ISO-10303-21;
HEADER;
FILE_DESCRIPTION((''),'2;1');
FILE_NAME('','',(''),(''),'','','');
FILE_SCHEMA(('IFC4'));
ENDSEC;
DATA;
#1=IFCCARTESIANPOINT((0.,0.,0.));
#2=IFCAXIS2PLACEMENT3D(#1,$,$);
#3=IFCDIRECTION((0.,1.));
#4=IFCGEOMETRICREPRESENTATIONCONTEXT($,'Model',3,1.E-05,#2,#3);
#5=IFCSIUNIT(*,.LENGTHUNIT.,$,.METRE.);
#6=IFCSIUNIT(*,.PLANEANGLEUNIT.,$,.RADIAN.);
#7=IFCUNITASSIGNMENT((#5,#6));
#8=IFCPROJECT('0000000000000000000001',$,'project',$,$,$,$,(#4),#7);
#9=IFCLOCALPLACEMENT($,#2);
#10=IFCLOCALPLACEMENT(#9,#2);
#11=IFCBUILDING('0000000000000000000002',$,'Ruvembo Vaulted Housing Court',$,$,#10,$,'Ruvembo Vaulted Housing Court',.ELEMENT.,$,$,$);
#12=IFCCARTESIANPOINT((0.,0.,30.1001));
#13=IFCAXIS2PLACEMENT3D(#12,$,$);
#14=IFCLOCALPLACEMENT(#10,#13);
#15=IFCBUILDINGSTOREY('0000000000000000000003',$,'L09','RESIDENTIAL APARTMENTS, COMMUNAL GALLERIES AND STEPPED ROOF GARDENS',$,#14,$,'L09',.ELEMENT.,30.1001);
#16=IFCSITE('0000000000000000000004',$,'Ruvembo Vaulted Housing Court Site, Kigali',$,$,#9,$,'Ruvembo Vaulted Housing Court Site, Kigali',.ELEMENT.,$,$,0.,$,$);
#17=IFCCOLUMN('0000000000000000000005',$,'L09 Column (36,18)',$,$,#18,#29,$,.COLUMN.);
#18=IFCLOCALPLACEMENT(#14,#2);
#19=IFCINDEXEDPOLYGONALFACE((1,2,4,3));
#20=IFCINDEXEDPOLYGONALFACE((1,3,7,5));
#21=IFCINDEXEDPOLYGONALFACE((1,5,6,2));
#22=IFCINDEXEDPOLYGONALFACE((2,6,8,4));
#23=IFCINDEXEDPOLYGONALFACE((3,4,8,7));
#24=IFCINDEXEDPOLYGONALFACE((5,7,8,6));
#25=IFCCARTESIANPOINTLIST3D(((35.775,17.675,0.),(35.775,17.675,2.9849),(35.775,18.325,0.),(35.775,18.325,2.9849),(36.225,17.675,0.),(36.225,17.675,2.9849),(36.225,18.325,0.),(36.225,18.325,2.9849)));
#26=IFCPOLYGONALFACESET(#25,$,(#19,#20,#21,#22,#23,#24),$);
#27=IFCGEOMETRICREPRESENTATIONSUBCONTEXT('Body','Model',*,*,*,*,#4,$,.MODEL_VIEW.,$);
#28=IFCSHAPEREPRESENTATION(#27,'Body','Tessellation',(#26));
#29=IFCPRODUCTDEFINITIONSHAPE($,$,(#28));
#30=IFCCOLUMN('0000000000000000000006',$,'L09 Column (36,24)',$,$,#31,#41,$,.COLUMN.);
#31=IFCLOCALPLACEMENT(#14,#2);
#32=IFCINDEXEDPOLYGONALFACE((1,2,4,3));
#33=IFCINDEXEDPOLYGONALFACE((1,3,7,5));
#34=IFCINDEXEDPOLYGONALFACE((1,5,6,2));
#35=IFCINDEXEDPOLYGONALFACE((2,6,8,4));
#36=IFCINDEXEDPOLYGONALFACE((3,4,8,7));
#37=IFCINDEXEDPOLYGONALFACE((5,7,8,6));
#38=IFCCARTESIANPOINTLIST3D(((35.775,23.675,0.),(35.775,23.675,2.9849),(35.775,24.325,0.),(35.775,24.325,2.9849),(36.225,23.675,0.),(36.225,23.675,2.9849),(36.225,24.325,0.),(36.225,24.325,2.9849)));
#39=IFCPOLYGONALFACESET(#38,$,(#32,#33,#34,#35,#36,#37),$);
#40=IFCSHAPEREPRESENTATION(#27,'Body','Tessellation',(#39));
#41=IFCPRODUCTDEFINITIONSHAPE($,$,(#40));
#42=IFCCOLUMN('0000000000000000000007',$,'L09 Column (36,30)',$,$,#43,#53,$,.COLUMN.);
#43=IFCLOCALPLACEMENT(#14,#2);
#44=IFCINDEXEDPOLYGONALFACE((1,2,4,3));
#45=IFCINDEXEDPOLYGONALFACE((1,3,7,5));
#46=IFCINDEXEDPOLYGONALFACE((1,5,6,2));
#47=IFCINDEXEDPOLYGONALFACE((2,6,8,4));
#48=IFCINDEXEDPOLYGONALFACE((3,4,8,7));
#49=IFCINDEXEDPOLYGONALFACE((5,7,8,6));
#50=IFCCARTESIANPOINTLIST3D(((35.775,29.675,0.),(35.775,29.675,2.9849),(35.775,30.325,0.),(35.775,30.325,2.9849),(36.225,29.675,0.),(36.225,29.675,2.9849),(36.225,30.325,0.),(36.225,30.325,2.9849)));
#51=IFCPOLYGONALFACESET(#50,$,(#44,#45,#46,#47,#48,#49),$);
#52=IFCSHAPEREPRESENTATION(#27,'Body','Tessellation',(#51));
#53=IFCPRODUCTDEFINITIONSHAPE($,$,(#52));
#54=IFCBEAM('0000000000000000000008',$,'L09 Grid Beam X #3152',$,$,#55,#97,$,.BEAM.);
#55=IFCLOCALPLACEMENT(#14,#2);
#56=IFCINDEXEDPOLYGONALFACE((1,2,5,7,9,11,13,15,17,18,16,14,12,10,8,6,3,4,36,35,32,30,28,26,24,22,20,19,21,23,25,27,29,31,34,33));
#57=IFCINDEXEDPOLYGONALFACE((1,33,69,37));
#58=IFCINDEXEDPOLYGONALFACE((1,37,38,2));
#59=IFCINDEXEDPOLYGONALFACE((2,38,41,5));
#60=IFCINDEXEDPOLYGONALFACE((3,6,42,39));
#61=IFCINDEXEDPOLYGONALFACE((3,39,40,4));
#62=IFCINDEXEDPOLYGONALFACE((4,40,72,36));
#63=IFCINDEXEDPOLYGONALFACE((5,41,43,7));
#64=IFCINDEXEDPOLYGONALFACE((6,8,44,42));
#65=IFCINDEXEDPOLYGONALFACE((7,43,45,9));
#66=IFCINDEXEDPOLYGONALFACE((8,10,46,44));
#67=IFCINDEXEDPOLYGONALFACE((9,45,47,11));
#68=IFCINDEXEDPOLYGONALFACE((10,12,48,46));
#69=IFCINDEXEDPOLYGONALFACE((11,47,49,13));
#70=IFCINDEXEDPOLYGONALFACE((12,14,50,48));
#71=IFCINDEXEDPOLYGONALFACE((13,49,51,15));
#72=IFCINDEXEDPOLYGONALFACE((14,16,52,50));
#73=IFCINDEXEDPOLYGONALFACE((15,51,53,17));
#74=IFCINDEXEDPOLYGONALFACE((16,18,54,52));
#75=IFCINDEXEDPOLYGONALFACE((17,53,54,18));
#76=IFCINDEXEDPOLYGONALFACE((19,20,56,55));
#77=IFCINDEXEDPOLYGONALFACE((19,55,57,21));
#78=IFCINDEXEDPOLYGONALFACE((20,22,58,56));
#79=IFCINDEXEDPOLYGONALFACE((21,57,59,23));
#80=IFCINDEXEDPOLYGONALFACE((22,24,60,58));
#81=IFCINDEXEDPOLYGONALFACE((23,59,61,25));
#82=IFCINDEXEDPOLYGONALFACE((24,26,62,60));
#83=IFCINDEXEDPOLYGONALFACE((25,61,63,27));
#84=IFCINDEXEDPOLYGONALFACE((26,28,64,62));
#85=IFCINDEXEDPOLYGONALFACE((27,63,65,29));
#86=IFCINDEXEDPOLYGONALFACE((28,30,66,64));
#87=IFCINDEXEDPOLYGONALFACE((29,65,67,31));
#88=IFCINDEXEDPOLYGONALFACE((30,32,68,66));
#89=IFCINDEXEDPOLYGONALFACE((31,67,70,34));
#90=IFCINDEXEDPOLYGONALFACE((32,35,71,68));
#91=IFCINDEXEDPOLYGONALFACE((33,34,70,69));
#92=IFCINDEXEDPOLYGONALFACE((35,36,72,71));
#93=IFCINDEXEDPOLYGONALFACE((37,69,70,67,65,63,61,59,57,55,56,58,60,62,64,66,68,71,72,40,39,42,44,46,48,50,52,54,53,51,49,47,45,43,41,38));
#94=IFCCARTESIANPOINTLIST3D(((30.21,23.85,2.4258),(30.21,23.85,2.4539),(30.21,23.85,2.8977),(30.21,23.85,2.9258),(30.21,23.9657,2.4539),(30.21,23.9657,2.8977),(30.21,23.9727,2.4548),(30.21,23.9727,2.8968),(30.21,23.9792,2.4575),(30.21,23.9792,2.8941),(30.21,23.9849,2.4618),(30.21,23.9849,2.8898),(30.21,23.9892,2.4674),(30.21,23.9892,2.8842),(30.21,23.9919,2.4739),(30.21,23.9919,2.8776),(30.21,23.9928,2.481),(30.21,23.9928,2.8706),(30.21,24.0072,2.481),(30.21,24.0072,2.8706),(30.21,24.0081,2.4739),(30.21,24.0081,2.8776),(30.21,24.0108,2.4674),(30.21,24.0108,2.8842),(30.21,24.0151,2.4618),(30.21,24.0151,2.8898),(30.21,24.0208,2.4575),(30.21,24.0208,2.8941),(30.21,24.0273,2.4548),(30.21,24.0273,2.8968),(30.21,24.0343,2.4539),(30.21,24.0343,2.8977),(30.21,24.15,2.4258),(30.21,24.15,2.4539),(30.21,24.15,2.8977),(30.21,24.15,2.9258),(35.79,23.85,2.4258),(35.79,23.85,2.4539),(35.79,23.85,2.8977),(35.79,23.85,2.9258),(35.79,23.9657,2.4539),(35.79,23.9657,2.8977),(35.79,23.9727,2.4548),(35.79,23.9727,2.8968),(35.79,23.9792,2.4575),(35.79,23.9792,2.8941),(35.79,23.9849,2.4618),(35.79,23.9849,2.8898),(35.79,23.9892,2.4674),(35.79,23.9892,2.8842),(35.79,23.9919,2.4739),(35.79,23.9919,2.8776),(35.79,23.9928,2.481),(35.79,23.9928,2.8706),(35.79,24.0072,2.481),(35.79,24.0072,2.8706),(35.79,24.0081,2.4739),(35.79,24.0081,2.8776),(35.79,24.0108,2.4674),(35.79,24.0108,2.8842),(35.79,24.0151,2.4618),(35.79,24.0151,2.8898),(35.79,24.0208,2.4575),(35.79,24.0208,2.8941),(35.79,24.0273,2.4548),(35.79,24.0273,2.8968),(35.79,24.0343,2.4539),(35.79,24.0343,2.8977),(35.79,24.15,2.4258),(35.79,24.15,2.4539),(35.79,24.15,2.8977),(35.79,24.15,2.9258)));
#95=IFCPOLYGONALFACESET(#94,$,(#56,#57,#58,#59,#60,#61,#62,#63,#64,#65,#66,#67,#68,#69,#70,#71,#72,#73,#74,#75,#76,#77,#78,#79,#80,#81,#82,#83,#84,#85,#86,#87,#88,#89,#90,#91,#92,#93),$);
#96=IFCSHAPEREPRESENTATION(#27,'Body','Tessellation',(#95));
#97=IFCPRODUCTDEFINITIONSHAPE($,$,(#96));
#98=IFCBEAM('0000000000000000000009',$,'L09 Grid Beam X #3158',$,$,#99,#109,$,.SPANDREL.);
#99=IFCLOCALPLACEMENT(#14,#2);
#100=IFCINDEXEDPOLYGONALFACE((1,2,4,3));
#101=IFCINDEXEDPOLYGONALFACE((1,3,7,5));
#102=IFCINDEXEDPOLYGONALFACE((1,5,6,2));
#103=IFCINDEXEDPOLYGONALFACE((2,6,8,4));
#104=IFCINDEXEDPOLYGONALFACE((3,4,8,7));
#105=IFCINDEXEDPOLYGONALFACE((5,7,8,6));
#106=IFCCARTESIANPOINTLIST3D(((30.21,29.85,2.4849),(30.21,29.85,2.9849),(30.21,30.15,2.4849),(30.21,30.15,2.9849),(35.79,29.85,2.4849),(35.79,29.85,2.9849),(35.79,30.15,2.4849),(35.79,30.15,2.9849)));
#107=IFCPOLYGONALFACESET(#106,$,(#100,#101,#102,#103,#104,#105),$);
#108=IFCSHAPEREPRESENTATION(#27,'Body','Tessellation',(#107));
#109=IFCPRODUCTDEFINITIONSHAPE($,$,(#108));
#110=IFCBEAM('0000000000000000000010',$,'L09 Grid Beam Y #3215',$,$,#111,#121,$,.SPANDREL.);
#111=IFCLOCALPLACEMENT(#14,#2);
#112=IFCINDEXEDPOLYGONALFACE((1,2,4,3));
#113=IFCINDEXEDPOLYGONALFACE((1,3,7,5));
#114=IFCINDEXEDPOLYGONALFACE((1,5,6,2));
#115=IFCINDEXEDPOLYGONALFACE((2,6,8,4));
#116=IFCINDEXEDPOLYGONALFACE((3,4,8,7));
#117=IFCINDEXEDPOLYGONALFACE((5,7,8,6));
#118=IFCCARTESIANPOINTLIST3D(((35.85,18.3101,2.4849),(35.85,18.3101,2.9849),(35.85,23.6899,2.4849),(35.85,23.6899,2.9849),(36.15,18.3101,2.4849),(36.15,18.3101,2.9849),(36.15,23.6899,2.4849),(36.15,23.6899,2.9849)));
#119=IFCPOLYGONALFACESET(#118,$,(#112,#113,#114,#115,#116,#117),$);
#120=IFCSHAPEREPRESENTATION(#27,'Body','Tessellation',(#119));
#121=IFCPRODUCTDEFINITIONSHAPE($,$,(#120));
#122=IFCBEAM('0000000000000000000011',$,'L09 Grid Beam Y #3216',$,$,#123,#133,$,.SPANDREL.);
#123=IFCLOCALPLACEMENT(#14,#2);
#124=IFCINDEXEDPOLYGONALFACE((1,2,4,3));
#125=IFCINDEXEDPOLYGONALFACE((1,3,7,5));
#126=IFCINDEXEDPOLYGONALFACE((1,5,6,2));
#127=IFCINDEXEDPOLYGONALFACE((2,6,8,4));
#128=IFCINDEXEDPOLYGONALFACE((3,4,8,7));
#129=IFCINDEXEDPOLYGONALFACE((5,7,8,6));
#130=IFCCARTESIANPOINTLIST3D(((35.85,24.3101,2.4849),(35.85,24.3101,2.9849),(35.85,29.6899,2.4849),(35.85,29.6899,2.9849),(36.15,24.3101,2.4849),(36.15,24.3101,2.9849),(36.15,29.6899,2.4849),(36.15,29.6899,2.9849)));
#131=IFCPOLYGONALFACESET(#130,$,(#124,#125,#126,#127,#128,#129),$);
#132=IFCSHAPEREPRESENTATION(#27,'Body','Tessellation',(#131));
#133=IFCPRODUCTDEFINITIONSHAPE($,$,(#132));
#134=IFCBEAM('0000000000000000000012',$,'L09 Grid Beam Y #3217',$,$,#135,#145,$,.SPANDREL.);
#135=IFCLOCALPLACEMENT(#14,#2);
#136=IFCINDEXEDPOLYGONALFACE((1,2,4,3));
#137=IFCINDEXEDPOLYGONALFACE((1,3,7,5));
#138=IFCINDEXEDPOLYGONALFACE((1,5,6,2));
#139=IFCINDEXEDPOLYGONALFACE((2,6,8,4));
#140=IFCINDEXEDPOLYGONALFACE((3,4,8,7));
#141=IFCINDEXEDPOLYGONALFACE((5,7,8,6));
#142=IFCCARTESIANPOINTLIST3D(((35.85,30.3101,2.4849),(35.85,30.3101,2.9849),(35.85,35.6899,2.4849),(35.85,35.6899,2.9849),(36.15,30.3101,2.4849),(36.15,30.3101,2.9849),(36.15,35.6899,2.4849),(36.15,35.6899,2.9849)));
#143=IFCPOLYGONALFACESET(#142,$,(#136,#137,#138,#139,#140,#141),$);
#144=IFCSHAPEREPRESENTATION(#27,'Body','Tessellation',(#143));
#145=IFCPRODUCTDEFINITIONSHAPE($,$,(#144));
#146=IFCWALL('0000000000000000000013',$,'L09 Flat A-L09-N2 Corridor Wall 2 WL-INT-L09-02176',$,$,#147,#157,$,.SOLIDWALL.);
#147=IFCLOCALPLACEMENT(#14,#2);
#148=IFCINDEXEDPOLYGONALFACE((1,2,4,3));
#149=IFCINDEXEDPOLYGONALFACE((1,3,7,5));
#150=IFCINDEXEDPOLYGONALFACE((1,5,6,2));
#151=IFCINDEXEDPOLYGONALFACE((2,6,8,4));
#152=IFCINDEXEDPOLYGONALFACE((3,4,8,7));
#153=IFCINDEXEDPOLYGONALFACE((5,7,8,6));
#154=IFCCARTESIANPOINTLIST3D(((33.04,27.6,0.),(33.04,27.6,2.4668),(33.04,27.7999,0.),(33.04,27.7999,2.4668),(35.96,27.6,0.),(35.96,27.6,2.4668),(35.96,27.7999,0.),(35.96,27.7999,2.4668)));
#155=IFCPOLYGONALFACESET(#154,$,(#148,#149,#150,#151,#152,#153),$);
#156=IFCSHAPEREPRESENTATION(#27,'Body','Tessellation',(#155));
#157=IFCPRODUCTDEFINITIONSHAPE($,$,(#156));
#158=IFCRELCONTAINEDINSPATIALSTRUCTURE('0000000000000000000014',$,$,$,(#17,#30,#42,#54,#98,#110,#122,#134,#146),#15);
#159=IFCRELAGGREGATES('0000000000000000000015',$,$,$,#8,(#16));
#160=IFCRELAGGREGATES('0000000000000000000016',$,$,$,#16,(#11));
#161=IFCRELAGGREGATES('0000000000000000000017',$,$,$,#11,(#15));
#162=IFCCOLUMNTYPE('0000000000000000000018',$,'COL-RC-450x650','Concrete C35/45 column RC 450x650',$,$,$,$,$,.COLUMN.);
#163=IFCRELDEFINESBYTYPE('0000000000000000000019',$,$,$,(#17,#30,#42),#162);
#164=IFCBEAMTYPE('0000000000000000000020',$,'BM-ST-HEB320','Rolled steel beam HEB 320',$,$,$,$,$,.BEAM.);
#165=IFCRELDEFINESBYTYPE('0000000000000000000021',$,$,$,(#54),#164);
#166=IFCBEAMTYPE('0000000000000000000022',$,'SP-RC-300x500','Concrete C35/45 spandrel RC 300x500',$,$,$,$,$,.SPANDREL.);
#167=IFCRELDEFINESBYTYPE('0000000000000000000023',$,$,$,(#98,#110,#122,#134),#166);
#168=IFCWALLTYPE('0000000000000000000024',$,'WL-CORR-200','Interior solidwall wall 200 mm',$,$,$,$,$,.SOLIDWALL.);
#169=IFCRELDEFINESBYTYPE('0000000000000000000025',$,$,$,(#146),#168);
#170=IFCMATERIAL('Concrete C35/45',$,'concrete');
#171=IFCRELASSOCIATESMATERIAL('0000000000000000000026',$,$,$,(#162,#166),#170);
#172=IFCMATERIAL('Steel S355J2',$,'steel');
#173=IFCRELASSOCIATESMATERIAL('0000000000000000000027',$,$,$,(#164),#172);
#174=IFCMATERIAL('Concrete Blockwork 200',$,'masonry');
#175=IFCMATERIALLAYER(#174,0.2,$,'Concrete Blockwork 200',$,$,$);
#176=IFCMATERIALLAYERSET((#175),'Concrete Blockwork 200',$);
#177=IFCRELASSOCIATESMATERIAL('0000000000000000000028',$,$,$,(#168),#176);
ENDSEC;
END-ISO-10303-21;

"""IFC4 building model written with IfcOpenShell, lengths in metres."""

from ifc_helpers import new_model, si_unit, direction, frame, frame_2d, origin, origin_2d, place, context, subcontext, project, spatial, rectangle, i_section, extrude, material, layer, layer_set, material_profile, profile_set, type_object, element, save


model = new_model("IFC4")

# Units and contexts
model_context = context("Model", 3, precision=1e-05, world=origin(), true_north=direction((0.0, 1.0)))
body_context = subcontext(model_context, "Body", "Model", "MODEL_VIEW")
ifc_project = project(units=[si_unit("LENGTHUNIT", "METRE"), si_unit("PLANEANGLEUNIT", "RADIAN")], contexts=[model_context])

# Site, building, storey
site_placement = place(None, origin())
site = spatial("IfcSite", under=ifc_project, at=site_placement, Name="Ruvembo Vaulted Housing Court Site, Kigali", LongName="Ruvembo Vaulted Housing Court Site, Kigali", CompositionType="ELEMENT", RefElevation=0.0)
building_placement = place(site_placement, origin())
building = spatial("IfcBuilding", under=site, at=building_placement, Name="Ruvembo Vaulted Housing Court", LongName="Ruvembo Vaulted Housing Court", CompositionType="ELEMENT")
storey_placement = place(building_placement, frame((0.0, 0.0, 30.1001)))
storey = spatial("IfcBuildingStorey", under=building, at=storey_placement, Name="L09", Description="RESIDENTIAL APARTMENTS, COMMUNAL GALLERIES AND STEPPED ROOF GARDENS", LongName="L09", CompositionType="ELEMENT", Elevation=30.1001)

# Columns
ifc_material_1 = material(Name="Concrete C35/45", Category="concrete")
ifc_material_profile_1 = material_profile(ifc_material_1, rectangle(XDim=0.45, YDim=0.6499, at=origin_2d()), Name="RC 450x650")
ifc_profile_set_1 = profile_set([ifc_material_profile_1], Name="Concrete C35/45")
column_type = type_object("IfcColumnType", Name="COL-RC-450x650", Description="Concrete C35/45 column RC 450x650", PredefinedType="COLUMN", material=ifc_profile_set_1)
for number, where, z_axis, x_axis, name in (
    (1, (36.0, 18.0, 0.0), (0.0, 0.0, 1.0), (1.0, 0.0, 0.0), "L09 Column (36,18)"),
    (2, (36.0, 24.0, 0.0), (0.0, 0.0, 1.0), (1.0, 0.0, 0.0), "L09 Column (36,24)"),
    (3, (36.0, 30.0, 0.0), (0.0, 0.0, 1.0), (1.0, 0.0, 0.0), "L09 Column (36,30)"),
):
    element("IfcColumn", number, at=place(storey_placement, frame(where, z_axis=z_axis, x_axis=x_axis)), inside=storey, type_object=column_type, Name=name, PredefinedType="COLUMN", context=body_context, shape_type="SweptSolid", body=[
        extrude(rectangle(XDim=0.45, YDim=0.6499, at=origin_2d()), origin(), (0.0, 0.0, 1.0), 2.9849),
    ])

# Beams
ifc_material_2 = material(Name="Steel S355J2", Category="steel")
ifc_material_profile_2 = material_profile(ifc_material_2, i_section(OverallWidth=0.3, OverallDepth=0.5, WebThickness=0.0144, FlangeThickness=0.0281, FilletRadius=0.0271, at=origin_2d()), Name="HEB 320")
ifc_profile_set_2 = profile_set([ifc_material_profile_2], Name="Steel S355J2")
beam_type_1 = type_object("IfcBeamType", Name="BM-ST-HEB320", Description="Rolled steel beam HEB 320", PredefinedType="BEAM", material=ifc_profile_set_2)
beam_1_placement = place(storey_placement, frame((30.21, 24.0, 2.6758), z_axis=(1.0, 0.0, 0.0), x_axis=(0.0, 1.0, 0.0)))
element("IfcBeam", 4, at=beam_1_placement, inside=storey, type_object=beam_type_1, Name="L09 Grid Beam X #3152", PredefinedType="BEAM", context=body_context, shape_type="SweptSolid", body=[
    extrude(i_section(OverallWidth=0.3, OverallDepth=0.5, WebThickness=0.0144, FlangeThickness=0.0281, FilletRadius=0.0271, at=origin_2d()), origin(), (0.0, 0.0, 1.0), 5.5801),
])
ifc_material_profile_3 = material_profile(ifc_material_1, rectangle(XDim=0.3, YDim=0.5, at=origin_2d()), Name="RC 300x500")
ifc_profile_set_3 = profile_set([ifc_material_profile_3], Name="Concrete C35/45")
beam_type_2 = type_object("IfcBeamType", Name="SP-RC-300x500", Description="Concrete C35/45 spandrel RC 300x500", PredefinedType="SPANDREL", material=ifc_profile_set_3)
beam_2_placement = place(storey_placement, frame((30.21, 30.0, 2.7349), z_axis=(1.0, 0.0, 0.0), x_axis=(0.0, 1.0, 0.0)))
element("IfcBeam", 5, at=beam_2_placement, inside=storey, type_object=beam_type_2, Name="L09 Grid Beam X #3158", PredefinedType="SPANDREL", context=body_context, shape_type="SweptSolid", body=[
    extrude(rectangle(XDim=0.3, YDim=0.5, at=origin_2d()), origin(), (0.0, 0.0, 1.0), 5.5801),
])
for number, where, z_axis, x_axis, name in (
    (6, (36.0, 18.3101, 2.7349), (0.0, 1.0, 0.0), (-1.0, 0.0, 0.0), "L09 Grid Beam Y #3215"),
    (7, (36.0, 24.3101, 2.7349), (0.0, 1.0, 0.0), (-1.0, 0.0, 0.0), "L09 Grid Beam Y #3216"),
    (8, (36.0, 30.3101, 2.7349), (0.0, 1.0, 0.0), (-1.0, 0.0, 0.0), "L09 Grid Beam Y #3217"),
):
    element("IfcBeam", number, at=place(storey_placement, frame(where, z_axis=z_axis, x_axis=x_axis)), inside=storey, type_object=beam_type_2, Name=name, PredefinedType="SPANDREL", context=body_context, shape_type="SweptSolid", body=[
        extrude(rectangle(XDim=0.3, YDim=0.5, at=origin_2d()), origin(), (0.0, 0.0, 1.0), 5.3799),
    ])

# Wall
ifc_material_3 = material(Name="Concrete Blockwork 200", Category="masonry")
ifc_layer_1 = layer(ifc_material_3, 0.2, Name="Concrete Blockwork 200")
ifc_layer_set_1 = layer_set([ifc_layer_1], Name="Concrete Blockwork 200")
wall_type_1 = type_object("IfcWallType", Name="WL-CORR-200", Description="Interior solidwall wall 200 mm", PredefinedType="SOLIDWALL", material=ifc_layer_set_1)
wall_1_placement = place(storey_placement, frame((33.04, 27.7, 0.0), z_axis=(0.0, 0.0, 1.0), x_axis=(1.0, 0.0, 0.0)))
element("IfcWall", 9, at=wall_1_placement, inside=storey, type_object=wall_type_1, Name="L09 Flat A-L09-N2 Corridor Wall 2 WL-INT-L09-02176", PredefinedType="SOLIDWALL", context=body_context, shape_type="SweptSolid", body=[
    extrude(rectangle(XDim=2.9199, YDim=0.2, at=frame_2d((1.46, 0.0))), origin(), (0.0, 0.0, 1.0), 2.4668),
])

save(model, "model.ifc")
